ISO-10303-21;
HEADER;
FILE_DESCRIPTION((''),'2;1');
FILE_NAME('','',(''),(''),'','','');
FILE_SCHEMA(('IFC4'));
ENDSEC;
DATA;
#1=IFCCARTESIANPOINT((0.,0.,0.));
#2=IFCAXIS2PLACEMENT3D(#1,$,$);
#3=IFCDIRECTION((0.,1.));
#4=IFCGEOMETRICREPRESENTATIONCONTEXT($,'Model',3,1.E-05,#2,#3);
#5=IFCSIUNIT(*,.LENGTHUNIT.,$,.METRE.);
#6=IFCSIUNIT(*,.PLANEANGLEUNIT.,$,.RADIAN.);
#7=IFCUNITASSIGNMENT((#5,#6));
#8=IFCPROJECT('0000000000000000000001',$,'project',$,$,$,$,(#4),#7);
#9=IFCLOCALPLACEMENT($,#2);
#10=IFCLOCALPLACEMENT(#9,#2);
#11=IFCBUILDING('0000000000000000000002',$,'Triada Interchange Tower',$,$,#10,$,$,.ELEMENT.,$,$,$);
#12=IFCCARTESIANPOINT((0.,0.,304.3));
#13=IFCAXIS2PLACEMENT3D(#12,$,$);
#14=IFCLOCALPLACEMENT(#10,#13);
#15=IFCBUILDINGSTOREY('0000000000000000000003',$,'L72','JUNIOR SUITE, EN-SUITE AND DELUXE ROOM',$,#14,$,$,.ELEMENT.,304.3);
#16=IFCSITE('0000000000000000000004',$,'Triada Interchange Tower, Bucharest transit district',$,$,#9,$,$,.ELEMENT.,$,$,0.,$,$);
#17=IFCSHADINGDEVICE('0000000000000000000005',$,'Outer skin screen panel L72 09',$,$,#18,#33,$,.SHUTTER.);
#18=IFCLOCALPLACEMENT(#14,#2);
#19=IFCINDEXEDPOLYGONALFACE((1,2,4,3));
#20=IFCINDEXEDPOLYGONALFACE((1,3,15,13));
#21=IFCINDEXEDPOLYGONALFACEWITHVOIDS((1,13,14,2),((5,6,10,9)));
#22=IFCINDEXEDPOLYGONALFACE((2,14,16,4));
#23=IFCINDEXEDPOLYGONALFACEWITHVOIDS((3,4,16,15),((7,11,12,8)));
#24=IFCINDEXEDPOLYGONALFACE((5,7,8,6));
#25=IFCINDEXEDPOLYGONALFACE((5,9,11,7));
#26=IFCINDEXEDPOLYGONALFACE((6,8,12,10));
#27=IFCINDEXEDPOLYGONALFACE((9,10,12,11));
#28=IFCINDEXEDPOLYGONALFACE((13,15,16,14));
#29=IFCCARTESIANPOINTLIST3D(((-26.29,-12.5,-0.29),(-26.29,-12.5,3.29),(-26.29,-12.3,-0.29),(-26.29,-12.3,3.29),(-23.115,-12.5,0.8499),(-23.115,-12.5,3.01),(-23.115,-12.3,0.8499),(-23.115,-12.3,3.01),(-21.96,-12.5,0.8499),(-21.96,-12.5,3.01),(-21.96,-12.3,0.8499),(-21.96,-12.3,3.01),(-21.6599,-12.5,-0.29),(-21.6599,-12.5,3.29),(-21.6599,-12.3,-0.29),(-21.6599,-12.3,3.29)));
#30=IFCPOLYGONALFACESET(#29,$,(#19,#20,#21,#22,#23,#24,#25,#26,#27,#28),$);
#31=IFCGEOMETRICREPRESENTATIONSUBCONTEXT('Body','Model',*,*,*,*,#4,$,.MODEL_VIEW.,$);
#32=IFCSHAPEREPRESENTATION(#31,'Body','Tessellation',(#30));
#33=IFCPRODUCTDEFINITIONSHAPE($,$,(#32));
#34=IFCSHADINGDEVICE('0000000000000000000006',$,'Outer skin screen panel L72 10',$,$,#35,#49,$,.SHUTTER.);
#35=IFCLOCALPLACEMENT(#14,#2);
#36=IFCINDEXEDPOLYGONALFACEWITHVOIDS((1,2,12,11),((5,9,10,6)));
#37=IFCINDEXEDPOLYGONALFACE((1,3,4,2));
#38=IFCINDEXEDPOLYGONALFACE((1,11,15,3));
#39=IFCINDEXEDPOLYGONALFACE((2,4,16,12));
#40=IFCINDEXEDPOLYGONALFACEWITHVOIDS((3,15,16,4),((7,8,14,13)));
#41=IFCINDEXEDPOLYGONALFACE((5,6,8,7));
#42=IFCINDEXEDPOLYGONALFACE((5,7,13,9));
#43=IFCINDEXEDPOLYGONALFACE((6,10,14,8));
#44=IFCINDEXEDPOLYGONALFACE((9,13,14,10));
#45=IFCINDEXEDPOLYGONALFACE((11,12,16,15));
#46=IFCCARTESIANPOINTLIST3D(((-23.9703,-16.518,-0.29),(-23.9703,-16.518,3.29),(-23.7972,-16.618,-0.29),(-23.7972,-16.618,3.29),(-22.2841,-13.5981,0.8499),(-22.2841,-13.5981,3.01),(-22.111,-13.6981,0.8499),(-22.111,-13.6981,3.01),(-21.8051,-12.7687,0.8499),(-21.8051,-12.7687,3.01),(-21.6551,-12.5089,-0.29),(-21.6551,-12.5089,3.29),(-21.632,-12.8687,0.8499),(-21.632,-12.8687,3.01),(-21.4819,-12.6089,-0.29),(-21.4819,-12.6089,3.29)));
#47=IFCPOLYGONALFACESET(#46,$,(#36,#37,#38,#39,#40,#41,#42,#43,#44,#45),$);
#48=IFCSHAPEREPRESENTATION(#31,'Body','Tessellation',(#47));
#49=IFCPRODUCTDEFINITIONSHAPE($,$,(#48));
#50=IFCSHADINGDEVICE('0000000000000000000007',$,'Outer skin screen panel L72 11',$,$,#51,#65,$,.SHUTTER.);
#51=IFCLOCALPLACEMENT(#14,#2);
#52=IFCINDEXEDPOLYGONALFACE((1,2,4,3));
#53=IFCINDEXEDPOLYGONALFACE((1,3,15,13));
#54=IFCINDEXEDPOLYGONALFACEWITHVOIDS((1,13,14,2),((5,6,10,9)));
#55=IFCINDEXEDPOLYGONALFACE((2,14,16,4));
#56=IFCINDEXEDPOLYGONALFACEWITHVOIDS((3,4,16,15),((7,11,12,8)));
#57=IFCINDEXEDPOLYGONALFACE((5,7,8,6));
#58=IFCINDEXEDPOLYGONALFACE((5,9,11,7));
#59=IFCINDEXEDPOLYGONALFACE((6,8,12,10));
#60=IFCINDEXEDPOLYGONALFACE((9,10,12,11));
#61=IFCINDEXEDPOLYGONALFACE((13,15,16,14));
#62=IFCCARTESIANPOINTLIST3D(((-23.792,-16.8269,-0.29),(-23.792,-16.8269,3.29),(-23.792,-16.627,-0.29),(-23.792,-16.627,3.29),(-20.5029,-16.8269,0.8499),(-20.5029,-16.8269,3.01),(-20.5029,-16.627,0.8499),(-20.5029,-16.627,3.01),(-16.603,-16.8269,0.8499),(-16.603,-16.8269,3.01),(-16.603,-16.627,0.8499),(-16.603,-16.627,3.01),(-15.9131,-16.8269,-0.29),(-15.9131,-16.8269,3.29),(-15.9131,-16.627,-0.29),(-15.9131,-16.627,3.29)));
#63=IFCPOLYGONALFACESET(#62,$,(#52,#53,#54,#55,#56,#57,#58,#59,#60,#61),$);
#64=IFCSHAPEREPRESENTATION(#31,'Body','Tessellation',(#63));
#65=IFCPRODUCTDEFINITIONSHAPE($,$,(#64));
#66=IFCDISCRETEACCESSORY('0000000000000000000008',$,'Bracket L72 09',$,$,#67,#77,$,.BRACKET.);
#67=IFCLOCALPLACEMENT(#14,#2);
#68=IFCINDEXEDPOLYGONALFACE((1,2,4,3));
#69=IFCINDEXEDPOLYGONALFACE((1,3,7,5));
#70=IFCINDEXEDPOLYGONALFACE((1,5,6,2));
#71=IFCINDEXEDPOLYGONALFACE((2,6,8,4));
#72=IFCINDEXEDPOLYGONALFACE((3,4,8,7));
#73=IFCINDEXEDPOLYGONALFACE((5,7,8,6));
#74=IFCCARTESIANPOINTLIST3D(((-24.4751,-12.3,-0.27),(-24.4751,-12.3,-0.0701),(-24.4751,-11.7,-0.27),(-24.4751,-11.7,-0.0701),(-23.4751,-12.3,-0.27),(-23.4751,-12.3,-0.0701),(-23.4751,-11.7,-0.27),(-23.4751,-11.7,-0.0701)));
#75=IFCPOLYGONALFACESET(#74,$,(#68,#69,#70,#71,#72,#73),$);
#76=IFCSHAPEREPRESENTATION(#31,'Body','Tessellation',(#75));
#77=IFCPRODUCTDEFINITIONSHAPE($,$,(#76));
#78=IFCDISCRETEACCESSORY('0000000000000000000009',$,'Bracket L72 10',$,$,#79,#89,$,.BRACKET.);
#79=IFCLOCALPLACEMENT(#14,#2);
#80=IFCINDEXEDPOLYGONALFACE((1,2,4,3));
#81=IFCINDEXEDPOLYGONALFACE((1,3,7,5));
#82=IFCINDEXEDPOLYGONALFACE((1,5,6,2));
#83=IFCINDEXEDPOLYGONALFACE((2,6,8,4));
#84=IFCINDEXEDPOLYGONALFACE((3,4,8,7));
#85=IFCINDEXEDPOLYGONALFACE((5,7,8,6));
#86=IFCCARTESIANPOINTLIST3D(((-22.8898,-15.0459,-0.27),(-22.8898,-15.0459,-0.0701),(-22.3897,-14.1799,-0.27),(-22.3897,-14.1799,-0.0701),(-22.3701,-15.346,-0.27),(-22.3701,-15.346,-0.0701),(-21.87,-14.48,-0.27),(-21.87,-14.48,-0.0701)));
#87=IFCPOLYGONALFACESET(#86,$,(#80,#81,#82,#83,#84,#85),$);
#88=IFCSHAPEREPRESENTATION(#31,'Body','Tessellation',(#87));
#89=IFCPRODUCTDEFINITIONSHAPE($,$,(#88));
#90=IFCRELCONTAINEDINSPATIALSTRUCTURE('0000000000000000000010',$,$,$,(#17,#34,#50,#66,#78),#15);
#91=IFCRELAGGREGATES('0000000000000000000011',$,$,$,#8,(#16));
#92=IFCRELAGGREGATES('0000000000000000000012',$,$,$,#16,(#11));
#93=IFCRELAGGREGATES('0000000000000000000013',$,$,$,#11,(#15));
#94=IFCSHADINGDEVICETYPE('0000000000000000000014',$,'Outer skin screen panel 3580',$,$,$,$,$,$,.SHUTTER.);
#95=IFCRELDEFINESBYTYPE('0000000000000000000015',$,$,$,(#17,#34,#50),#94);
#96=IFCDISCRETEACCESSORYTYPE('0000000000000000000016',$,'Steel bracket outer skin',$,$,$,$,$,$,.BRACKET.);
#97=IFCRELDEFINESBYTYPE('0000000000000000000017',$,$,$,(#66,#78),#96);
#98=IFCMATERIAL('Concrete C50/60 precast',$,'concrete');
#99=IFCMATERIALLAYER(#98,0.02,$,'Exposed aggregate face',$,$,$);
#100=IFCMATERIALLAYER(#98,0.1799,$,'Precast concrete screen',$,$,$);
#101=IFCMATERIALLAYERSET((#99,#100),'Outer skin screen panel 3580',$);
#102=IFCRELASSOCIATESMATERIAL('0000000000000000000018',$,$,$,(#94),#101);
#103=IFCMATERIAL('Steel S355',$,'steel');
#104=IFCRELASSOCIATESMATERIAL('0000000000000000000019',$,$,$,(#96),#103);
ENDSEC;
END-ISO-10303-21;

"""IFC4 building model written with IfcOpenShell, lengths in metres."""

from ifc_helpers import new_model, si_unit, direction, frame, origin, origin_2d, place, context, subcontext, project, spatial, polyline, rectangle, outline, extrude, material, layer, layer_set, type_object, element, save


model = new_model("IFC4")

# Units and contexts
model_context = context("Model", 3, precision=1e-05, world=origin(), true_north=direction((0.0, 1.0)))
body_context = subcontext(model_context, "Body", "Model", "MODEL_VIEW")
ifc_project = project(units=[si_unit("LENGTHUNIT", "METRE"), si_unit("PLANEANGLEUNIT", "RADIAN")], contexts=[model_context])

# Site, building, storey
site_placement = place(None, origin())
site = spatial("IfcSite", under=ifc_project, at=site_placement, Name="Triada Interchange Tower, Bucharest transit district", CompositionType="ELEMENT", RefElevation=0.0)
building_placement = place(site_placement, origin())
building = spatial("IfcBuilding", under=site, at=building_placement, Name="Triada Interchange Tower", CompositionType="ELEMENT")
storey_placement = place(building_placement, frame((0.0, 0.0, 304.3)))
storey = spatial("IfcBuildingStorey", under=building, at=storey_placement, Name="L72", Description="JUNIOR SUITE, EN-SUITE AND DELUXE ROOM", CompositionType="ELEMENT", Elevation=304.3)

# Shading devices
ifc_material_1 = material(Name="Concrete C50/60 precast", Category="concrete")
ifc_layer_1 = layer(ifc_material_1, 0.02, Name="Exposed aggregate face")
ifc_layer_2 = layer(ifc_material_1, 0.1799, Name="Precast concrete screen")
ifc_layer_set_1 = layer_set([ifc_layer_1, ifc_layer_2], Name="Outer skin screen panel 3580")
shading_device_type = type_object("IfcShadingDeviceType", Name="Outer skin screen panel 3580", PredefinedType="SHUTTER", material=ifc_layer_set_1)
shading_device_1_placement = place(storey_placement, frame((-26.29, -12.3, -0.29), z_axis=(0.0, 0.0, 1.0), x_axis=(1.0, 0.0, 0.0)))
element("IfcShadingDevice", 1, at=shading_device_1_placement, inside=storey, type_object=shading_device_type, Name="Outer skin screen panel L72 09", PredefinedType="SHUTTER", context=body_context, shape_type="SweptSolid", body=[
    extrude(outline(polyline([(0.0, 0.0), (4.6301, 0.0), (4.6301, 3.5801), (0.0, 3.5801), (0.0, 0.0)]), holes=[polyline([(3.175, 1.1399), (3.175, 3.3), (4.3301, 3.3), (4.3301, 1.1399), (3.175, 1.1399)])]), frame((0.0, 0.0, 0.0), z_axis=(0.0, -1.0, 0.0), x_axis=(1.0, 0.0, 0.0)), (0.0, 0.0, 1.0), 0.2),
])
shading_device_2_placement = place(storey_placement, frame((-21.4819, -12.6089, -0.29), z_axis=(0.0, 0.0, 1.0), x_axis=(-0.500092, -0.865972, 0.0)))
element("IfcShadingDevice", 2, at=shading_device_2_placement, inside=storey, type_object=shading_device_type, Name="Outer skin screen panel L72 10", PredefinedType="SHUTTER", context=body_context, shape_type="SweptSolid", body=[
    extrude(outline(polyline([(0.0, 0.0), (4.6296, 0.0), (4.6296, 3.5801), (0.0, 3.5801), (0.0, 0.0)]), holes=[polyline([(0.3, 1.1399), (0.3, 3.3), (1.2578, 3.3), (1.2578, 1.1399), (0.3, 1.1399)])]), frame((0.0, 0.0, 0.0), z_axis=(0.0, -1.0, 0.0), x_axis=(1.0, 0.0, 0.0)), (0.0, 0.0, 1.0), 0.2),
])
shading_device_3_placement = place(storey_placement, frame((-23.792, -16.627, -0.29), z_axis=(0.0, 0.0, 1.0), x_axis=(1.0, 0.0, 0.0)))
element("IfcShadingDevice", 3, at=shading_device_3_placement, inside=storey, type_object=shading_device_type, Name="Outer skin screen panel L72 11", PredefinedType="SHUTTER", context=body_context, shape_type="SweptSolid", body=[
    extrude(outline(polyline([(0.0, 0.0), (7.8789, 0.0), (7.8789, 3.5801), (0.0, 3.5801), (0.0, 0.0)]), holes=[polyline([(3.2891, 1.1399), (3.2891, 3.3), (7.189, 3.3), (7.189, 1.1399), (3.2891, 1.1399)])]), frame((0.0, 0.0, 0.0), z_axis=(0.0, -1.0, 0.0), x_axis=(1.0, 0.0, 0.0)), (0.0, 0.0, 1.0), 0.2),
])

# Discrete accessories
ifc_material_2 = material(Name="Steel S355", Category="steel")
discrete_accessory_type = type_object("IfcDiscreteAccessoryType", Name="Steel bracket outer skin", PredefinedType="BRACKET", material=ifc_material_2)
for number, where, z_axis, x_axis, name in (
    (4, (-23.9751, -12.0, -0.27), (0.0, 0.0, 1.0), (0.0, -1.0, 0.0), "Bracket L72 09"),
    (5, (-22.3799, -14.7629, -0.27), (0.0, 0.0, 1.0), (-0.865956, 0.500121, 0.0), "Bracket L72 10"),
):
    element("IfcDiscreteAccessory", number, at=place(storey_placement, frame(where, z_axis=z_axis, x_axis=x_axis)), inside=storey, type_object=discrete_accessory_type, Name=name, PredefinedType="BRACKET", context=body_context, shape_type="SweptSolid", body=[
        extrude(rectangle(XDim=0.6001, YDim=1.0, at=origin_2d()), origin(), (0.0, 0.0, 1.0), 0.2),
    ])

save(model, "model.ifc")
